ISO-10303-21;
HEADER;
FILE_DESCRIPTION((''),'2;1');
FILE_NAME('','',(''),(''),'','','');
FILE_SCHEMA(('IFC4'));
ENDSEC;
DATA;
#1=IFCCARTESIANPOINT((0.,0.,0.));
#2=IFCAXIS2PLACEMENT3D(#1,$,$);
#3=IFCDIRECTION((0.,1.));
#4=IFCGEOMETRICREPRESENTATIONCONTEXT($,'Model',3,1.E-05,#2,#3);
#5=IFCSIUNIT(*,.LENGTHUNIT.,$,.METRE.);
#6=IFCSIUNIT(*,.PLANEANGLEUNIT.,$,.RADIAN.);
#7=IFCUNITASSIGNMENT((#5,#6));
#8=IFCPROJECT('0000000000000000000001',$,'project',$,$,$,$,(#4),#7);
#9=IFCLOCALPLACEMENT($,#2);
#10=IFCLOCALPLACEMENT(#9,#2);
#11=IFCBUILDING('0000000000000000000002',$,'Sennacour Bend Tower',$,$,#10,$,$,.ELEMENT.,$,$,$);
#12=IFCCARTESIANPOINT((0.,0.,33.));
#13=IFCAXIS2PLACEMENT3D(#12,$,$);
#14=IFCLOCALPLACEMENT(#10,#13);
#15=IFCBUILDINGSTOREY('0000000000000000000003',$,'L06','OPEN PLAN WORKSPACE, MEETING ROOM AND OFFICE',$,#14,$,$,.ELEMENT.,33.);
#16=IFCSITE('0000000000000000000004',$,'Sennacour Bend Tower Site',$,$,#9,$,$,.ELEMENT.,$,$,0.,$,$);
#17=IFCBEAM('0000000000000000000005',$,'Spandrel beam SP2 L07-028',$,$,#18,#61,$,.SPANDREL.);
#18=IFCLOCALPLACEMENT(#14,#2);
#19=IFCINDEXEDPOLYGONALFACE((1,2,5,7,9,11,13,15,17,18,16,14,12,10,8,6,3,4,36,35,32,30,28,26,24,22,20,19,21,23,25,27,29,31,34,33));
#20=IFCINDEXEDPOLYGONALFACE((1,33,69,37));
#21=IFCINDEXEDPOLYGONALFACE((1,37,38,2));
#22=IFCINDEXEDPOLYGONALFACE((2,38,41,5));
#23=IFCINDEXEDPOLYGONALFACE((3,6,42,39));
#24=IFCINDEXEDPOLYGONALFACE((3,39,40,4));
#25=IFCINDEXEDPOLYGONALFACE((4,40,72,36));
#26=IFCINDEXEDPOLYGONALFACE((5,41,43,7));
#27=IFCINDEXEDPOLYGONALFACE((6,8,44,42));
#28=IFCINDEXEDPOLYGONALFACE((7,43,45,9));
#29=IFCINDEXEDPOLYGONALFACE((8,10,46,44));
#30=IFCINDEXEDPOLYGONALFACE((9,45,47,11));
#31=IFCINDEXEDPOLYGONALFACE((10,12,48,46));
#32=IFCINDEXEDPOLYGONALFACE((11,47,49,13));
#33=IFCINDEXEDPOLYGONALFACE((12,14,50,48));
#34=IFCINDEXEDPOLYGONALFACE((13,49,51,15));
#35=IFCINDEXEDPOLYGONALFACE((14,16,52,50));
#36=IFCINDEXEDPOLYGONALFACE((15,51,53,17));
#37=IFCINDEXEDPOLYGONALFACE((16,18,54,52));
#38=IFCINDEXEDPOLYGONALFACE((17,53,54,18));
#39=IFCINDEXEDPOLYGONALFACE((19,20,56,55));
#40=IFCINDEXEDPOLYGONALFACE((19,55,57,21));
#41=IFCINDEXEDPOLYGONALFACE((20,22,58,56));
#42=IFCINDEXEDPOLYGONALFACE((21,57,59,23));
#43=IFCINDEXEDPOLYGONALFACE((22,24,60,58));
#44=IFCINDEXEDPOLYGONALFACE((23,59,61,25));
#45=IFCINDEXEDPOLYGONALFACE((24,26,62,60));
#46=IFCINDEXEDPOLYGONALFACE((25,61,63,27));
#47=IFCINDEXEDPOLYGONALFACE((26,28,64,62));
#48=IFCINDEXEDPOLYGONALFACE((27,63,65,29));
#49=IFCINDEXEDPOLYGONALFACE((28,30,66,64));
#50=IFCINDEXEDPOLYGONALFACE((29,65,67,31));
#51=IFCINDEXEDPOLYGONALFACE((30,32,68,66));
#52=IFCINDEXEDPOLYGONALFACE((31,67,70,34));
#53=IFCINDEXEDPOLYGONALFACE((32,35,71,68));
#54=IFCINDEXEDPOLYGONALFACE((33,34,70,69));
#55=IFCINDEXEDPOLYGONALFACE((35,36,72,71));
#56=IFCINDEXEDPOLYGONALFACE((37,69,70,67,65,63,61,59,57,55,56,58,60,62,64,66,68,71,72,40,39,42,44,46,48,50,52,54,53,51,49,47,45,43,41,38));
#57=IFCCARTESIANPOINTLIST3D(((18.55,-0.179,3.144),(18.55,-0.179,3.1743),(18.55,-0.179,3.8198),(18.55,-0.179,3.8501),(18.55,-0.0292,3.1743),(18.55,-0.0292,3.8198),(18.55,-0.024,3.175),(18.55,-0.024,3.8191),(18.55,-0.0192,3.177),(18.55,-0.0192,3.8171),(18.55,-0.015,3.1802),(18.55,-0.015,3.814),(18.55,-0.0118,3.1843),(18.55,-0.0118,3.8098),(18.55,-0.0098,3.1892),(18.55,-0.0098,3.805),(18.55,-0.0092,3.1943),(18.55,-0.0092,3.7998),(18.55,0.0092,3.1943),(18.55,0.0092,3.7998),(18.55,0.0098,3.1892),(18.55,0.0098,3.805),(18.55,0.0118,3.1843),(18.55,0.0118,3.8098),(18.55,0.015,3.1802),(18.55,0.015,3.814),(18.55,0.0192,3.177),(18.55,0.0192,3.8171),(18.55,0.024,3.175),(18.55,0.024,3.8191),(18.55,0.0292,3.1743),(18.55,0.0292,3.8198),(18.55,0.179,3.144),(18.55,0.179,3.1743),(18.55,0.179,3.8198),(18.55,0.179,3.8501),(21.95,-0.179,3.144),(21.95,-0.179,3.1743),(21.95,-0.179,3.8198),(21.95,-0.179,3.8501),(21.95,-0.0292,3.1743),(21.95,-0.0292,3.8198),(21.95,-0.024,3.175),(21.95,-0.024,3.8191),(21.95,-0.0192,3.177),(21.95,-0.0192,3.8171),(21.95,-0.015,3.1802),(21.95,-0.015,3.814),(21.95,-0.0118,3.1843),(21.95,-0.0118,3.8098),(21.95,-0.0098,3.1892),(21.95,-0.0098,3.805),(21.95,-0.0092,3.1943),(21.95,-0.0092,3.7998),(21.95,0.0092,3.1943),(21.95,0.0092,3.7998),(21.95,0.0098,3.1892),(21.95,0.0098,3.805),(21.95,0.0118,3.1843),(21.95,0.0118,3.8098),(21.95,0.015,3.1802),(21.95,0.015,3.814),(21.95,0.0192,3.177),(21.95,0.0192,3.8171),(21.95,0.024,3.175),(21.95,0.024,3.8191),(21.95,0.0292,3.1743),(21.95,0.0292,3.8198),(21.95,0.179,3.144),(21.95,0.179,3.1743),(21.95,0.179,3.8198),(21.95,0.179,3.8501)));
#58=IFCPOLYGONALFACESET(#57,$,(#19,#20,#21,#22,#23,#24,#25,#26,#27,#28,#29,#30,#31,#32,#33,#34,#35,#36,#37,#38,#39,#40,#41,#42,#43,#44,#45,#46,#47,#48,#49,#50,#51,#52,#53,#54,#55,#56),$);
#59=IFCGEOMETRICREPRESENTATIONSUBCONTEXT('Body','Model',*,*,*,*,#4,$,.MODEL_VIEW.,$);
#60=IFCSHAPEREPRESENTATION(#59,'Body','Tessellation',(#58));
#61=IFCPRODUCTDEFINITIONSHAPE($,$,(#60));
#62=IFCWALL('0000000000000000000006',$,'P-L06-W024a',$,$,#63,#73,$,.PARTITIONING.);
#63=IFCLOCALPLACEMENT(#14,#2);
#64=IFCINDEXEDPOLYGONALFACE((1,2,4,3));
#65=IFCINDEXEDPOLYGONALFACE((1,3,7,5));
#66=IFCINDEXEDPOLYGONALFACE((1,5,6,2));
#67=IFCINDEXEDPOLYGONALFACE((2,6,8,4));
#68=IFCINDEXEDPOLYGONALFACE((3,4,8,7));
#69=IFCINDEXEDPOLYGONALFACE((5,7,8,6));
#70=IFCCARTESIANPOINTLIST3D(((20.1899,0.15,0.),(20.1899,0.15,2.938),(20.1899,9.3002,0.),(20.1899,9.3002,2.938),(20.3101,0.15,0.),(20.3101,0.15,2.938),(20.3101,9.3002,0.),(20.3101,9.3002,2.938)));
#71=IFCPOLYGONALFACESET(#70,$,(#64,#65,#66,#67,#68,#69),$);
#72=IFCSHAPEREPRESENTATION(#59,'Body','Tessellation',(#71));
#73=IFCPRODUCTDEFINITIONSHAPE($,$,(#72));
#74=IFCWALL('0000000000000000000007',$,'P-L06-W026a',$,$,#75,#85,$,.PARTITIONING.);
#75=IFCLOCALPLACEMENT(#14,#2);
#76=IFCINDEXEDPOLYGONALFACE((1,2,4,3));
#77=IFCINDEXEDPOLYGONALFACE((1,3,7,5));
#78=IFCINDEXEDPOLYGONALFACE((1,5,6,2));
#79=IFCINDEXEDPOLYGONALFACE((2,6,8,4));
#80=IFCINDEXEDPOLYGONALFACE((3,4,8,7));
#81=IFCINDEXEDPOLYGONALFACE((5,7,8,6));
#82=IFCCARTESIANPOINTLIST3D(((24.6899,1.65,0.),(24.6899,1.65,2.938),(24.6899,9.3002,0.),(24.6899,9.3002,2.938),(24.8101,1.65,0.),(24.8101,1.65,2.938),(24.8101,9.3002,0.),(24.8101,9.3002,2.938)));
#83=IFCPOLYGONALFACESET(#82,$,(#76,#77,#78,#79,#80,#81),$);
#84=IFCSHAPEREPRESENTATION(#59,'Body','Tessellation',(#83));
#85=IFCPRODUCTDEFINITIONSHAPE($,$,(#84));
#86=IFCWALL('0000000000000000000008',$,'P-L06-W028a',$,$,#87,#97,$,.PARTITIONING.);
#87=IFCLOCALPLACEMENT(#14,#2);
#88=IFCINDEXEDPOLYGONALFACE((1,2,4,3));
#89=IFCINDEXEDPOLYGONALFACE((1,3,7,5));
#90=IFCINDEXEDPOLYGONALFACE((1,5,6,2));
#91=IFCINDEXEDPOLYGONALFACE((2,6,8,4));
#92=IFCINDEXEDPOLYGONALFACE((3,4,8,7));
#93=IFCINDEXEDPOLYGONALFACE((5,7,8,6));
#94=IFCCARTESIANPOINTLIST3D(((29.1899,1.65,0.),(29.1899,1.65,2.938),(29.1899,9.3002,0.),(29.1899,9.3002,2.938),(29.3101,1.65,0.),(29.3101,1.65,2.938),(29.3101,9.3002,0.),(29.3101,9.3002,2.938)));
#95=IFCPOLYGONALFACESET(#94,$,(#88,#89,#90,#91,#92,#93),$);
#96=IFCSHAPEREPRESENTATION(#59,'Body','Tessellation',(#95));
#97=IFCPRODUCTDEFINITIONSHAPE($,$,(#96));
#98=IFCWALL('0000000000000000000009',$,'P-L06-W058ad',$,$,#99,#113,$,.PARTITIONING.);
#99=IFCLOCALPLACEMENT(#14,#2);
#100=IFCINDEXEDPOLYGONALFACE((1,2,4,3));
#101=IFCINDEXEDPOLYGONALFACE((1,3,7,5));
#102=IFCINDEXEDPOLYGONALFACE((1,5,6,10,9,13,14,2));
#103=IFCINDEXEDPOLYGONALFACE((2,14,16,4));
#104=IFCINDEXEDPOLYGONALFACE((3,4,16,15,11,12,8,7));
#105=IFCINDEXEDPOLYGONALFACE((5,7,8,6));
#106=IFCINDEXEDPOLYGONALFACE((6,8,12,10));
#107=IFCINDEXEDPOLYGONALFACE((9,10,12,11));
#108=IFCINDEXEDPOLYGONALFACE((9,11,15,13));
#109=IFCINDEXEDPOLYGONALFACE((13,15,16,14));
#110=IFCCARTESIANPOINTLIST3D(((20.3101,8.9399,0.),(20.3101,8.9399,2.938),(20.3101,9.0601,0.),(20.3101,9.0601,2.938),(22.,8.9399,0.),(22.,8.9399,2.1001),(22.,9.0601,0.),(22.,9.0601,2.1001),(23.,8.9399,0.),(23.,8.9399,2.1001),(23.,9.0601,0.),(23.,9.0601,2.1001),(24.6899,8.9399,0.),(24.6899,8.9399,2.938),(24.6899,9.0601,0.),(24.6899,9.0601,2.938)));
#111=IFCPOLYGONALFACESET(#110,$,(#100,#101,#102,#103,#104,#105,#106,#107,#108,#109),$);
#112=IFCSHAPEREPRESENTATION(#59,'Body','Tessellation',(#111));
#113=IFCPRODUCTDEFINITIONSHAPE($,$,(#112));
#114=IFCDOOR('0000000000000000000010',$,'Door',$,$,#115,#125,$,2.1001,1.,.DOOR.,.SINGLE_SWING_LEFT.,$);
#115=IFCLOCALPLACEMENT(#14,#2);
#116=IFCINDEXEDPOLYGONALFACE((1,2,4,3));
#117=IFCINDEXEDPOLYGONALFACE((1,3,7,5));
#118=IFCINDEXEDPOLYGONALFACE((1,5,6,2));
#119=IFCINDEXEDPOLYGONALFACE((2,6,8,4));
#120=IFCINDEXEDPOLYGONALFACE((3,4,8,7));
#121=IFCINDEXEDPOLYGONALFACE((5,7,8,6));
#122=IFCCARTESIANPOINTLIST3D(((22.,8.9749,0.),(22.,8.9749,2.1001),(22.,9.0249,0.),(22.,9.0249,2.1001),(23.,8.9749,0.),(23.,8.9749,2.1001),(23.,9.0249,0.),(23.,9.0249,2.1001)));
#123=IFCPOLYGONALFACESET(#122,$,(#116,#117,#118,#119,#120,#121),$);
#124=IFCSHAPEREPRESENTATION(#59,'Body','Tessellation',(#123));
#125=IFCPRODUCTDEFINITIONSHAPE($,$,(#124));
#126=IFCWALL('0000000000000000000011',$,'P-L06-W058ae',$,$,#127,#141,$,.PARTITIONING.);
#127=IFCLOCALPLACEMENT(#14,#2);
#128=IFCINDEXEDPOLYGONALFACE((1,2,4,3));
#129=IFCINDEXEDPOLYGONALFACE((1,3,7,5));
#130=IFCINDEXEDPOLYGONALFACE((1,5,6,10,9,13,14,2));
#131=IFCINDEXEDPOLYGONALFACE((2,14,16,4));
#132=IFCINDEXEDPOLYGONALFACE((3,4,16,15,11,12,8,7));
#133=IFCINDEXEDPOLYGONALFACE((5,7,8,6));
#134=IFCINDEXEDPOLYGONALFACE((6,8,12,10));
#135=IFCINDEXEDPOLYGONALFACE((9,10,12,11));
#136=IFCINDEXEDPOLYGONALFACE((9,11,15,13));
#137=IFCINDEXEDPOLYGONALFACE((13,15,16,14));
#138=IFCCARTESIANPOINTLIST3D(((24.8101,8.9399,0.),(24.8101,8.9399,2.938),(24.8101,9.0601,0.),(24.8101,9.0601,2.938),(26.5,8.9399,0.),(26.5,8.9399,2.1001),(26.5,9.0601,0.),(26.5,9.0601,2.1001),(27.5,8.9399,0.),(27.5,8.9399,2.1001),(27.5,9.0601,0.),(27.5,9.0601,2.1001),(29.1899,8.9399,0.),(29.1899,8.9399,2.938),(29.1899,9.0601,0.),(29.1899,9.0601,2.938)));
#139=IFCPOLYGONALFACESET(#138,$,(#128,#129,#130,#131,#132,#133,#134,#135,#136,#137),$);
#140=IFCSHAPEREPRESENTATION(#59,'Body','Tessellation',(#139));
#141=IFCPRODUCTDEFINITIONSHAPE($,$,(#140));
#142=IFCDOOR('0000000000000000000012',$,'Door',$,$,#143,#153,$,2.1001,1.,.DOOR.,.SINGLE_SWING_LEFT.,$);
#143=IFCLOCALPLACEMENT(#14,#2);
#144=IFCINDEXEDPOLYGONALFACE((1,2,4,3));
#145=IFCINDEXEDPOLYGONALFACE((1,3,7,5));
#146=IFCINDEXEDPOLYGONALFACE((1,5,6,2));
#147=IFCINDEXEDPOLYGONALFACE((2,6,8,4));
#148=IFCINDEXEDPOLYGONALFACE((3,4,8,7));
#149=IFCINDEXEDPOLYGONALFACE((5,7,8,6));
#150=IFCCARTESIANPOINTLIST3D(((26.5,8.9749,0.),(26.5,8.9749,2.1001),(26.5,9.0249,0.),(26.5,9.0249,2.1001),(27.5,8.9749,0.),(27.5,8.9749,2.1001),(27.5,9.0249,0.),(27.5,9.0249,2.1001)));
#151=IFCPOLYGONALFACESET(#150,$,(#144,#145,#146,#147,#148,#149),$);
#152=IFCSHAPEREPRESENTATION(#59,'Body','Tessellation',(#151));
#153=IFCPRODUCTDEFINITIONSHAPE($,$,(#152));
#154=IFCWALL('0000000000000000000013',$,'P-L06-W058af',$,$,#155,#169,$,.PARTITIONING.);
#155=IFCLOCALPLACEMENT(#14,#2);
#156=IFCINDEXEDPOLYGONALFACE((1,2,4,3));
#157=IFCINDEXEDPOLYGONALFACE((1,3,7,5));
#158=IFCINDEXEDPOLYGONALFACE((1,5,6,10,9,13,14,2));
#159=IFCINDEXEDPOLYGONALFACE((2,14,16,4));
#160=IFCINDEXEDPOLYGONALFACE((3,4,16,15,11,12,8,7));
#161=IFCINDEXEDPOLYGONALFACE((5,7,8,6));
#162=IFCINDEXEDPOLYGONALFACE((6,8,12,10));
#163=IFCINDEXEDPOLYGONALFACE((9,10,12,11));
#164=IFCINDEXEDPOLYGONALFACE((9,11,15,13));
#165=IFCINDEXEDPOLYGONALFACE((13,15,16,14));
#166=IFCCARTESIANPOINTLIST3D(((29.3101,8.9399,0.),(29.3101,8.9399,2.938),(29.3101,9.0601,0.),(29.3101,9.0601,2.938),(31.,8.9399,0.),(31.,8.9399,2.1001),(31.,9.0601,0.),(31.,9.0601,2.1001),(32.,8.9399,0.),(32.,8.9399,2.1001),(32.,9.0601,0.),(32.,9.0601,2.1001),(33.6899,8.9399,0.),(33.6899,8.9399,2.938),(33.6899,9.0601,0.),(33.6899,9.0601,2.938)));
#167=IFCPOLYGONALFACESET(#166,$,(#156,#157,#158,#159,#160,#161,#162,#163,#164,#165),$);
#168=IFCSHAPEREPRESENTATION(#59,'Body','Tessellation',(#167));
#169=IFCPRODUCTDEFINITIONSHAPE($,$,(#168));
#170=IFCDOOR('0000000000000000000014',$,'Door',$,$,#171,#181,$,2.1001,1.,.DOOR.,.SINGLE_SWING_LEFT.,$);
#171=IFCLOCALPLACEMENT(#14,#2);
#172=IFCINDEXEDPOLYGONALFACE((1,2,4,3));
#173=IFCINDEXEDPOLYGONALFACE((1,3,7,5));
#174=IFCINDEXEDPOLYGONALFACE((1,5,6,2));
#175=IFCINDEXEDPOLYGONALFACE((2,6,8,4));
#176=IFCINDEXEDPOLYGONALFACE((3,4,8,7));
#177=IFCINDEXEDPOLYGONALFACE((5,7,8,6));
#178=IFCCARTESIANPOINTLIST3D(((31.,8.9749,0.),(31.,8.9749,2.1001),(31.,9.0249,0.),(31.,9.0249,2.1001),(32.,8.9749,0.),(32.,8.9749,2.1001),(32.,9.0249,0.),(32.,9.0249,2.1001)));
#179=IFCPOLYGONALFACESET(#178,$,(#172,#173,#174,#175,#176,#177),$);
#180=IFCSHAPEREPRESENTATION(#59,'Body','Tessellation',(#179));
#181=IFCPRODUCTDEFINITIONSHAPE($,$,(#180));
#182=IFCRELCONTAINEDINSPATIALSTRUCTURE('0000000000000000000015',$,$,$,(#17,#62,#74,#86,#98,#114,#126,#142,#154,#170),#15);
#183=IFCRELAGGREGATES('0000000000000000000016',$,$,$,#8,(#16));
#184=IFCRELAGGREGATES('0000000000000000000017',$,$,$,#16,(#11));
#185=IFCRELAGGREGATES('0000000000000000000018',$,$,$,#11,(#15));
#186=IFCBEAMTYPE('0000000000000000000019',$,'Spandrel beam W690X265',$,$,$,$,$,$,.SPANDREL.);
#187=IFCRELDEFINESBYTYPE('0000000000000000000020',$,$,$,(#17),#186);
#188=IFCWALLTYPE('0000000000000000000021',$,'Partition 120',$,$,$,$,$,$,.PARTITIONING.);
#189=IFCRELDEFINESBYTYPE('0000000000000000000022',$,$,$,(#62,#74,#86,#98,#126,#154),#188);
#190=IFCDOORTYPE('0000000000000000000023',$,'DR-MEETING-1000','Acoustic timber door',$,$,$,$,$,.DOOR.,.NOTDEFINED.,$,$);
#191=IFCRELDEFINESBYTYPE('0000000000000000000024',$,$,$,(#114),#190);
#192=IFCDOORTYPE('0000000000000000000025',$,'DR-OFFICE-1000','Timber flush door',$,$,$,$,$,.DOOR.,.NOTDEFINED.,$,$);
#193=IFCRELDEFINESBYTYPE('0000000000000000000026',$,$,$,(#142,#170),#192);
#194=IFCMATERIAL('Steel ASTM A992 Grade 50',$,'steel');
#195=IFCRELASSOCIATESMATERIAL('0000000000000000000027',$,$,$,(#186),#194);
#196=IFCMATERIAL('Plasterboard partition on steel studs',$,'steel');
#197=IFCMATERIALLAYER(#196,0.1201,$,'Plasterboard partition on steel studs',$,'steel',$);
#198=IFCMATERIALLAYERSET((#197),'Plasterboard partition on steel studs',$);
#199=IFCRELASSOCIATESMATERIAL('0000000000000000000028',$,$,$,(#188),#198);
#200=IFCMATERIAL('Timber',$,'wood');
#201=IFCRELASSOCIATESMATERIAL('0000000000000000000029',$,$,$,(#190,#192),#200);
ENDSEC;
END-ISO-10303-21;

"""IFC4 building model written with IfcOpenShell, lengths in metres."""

from ifc_helpers import new_model, si_unit, direction, frame, frame_2d, origin, origin_2d, place, context, subcontext, project, spatial, rectangle, i_section, extrude, material, layer, layer_set, material_profile, profile_set, type_object, element, fill, save


model = new_model("IFC4")

# Units and contexts
model_context = context("Model", 3, precision=1e-05, world=origin(), true_north=direction((0.0, 1.0)))
body_context = subcontext(model_context, "Body", "Model", "MODEL_VIEW")
ifc_project = project(units=[si_unit("LENGTHUNIT", "METRE"), si_unit("PLANEANGLEUNIT", "RADIAN")], contexts=[model_context])

# Site, building, storey
site_placement = place(None, origin())
site = spatial("IfcSite", under=ifc_project, at=site_placement, Name="Sennacour Bend Tower Site", CompositionType="ELEMENT", RefElevation=0.0)
building_placement = place(site_placement, origin())
building = spatial("IfcBuilding", under=site, at=building_placement, Name="Sennacour Bend Tower", CompositionType="ELEMENT")
storey_placement = place(building_placement, frame((0.0, 0.0, 33.0)))
storey = spatial("IfcBuildingStorey", under=building, at=storey_placement, Name="L06", Description="OPEN PLAN WORKSPACE, MEETING ROOM AND OFFICE", CompositionType="ELEMENT", Elevation=33.0)

# Beam
ifc_material_1 = material(Name="Steel ASTM A992 Grade 50", Category="steel")
ifc_material_profile_1 = material_profile(ifc_material_1, i_section(OverallWidth=0.3579, OverallDepth=0.7061, WebThickness=0.0183, FlangeThickness=0.0303, FilletRadius=0.02, at=origin_2d()), Name="Steel ASTM A992 Grade 50", Category="steel")
ifc_profile_set_1 = profile_set([ifc_material_profile_1], Name="Steel ASTM A992 Grade 50")
beam_type_1 = type_object("IfcBeamType", Name="Spandrel beam W690X265", PredefinedType="SPANDREL", material=ifc_profile_set_1)
for number, where, z_axis, x_axis, name in (
    (1, (21.95, 0.0, 3.4971), (-1.0, 0.0, 0.0), (0.0, -1.0, 0.0), "Spandrel beam SP2 L07-028"),
):
    element("IfcBeam", number, at=place(storey_placement, frame(where, z_axis=z_axis, x_axis=x_axis)), inside=storey, type_object=beam_type_1, Name=name, PredefinedType="SPANDREL", context=body_context, shape_type="SweptSolid", body=[
        extrude(i_section(OverallWidth=0.3579, OverallDepth=0.7061, WebThickness=0.0183, FlangeThickness=0.0303, FilletRadius=0.02, at=origin_2d()), origin(), (0.0, 0.0, 1.0), 3.3999),
    ])

# Walls
ifc_material_2 = material(Name="Plasterboard partition on steel studs", Category="steel")
ifc_layer_1 = layer(ifc_material_2, 0.1201, Name="Plasterboard partition on steel studs", Category="steel")
ifc_layer_set_1 = layer_set([ifc_layer_1], Name="Plasterboard partition on steel studs")
wall_type_1 = type_object("IfcWallType", Name="Partition 120", PredefinedType="PARTITIONING", material=ifc_layer_set_1)
wall_1_placement = place(storey_placement, frame((20.25, 0.1499, 0.0), z_axis=(0.0, 0.0, 1.0), x_axis=(0.0, 1.0, 0.0)))
element("IfcWall", 2, at=wall_1_placement, inside=storey, type_object=wall_type_1, Name="P-L06-W024a", PredefinedType="PARTITIONING", context=body_context, shape_type="SweptSolid", body=[
    extrude(rectangle(XDim=9.1501, YDim=0.1201, at=frame_2d((4.5752, 0.0))), origin(), (0.0, 0.0, 1.0), 2.938),
])
for number, where, z_axis, x_axis, name in (
    (3, (24.75, 1.6499, 0.0), (0.0, 0.0, 1.0), (0.0, 1.0, 0.0), "P-L06-W026a"),
    (4, (29.25, 1.6499, 0.0), (0.0, 0.0, 1.0), (0.0, 1.0, 0.0), "P-L06-W028a"),
):
    element("IfcWall", number, at=place(storey_placement, frame(where, z_axis=z_axis, x_axis=x_axis)), inside=storey, type_object=wall_type_1, Name=name, PredefinedType="PARTITIONING", context=body_context, shape_type="SweptSolid", body=[
        extrude(rectangle(XDim=7.6501, YDim=0.1201, at=frame_2d((3.8252, 0.0))), origin(), (0.0, 0.0, 1.0), 2.938),
    ])

# Walls, openings, doors
wall_2_placement = place(storey_placement, frame((20.3101, 9.0, 0.0), z_axis=(0.0, 0.0, 1.0), x_axis=(1.0, 0.0, 0.0)))
wall_2 = element("IfcWall", 5, at=wall_2_placement, inside=storey, type_object=wall_type_1, Name="P-L06-W058ad", PredefinedType="PARTITIONING", context=body_context, shape_type="SweptSolid", body=[
    extrude(rectangle(XDim=4.3799, YDim=0.1201, at=frame_2d((2.1899, 0.0))), origin(), (0.0, 0.0, 1.0), 2.938),
])
opening_1_placement = place(wall_2_placement, frame((1.6899, 0.0, 0.0)))
opening_1 = element("IfcOpeningElement", 6, at=opening_1_placement, cuts=wall_2, PredefinedType="OPENING", context=body_context, shape_type="SweptSolid", body=[
    extrude(rectangle(XDim=1.0, YDim=2.1001, at=frame_2d((0.5, 1.05))), frame((0.0, 0.0701, 0.0), z_axis=(0.0, -1.0, 0.0), x_axis=(1.0, 0.0, 0.0)), (0.0, 0.0, 1.0), 0.1401),
])
ifc_material_3 = material(Name="Timber", Category="wood")
door_type_1 = type_object("IfcDoorType", Name="DR-MEETING-1000", Description="Acoustic timber door", OperationType="NOTDEFINED", PredefinedType="DOOR", material=ifc_material_3)
door_1_placement = place(opening_1_placement, origin())
door_1 = element("IfcDoor", 7, at=door_1_placement, inside=storey, type_object=door_type_1, Name="Door", OperationType="SINGLE_SWING_LEFT", OverallHeight=2.1001, OverallWidth=1.0, PredefinedType="DOOR", context=body_context, shape_type="SweptSolid", body=[
    extrude(rectangle(XDim=1.0, YDim=2.1001, at=frame_2d((0.5, 1.05))), frame((0.0, 0.0249, 0.0), z_axis=(0.0, -1.0, 0.0), x_axis=(1.0, 0.0, 0.0)), (0.0, 0.0, 1.0), 0.05),
])
fill(opening_1, door_1)
wall_3_placement = place(storey_placement, frame((24.8101, 9.0, 0.0), z_axis=(0.0, 0.0, 1.0), x_axis=(1.0, 0.0, 0.0)))
wall_3 = element("IfcWall", 8, at=wall_3_placement, inside=storey, type_object=wall_type_1, Name="P-L06-W058ae", PredefinedType="PARTITIONING", context=body_context, shape_type="SweptSolid", body=[
    extrude(rectangle(XDim=4.3799, YDim=0.1201, at=frame_2d((2.1899, 0.0))), origin(), (0.0, 0.0, 1.0), 2.938),
])
opening_2_placement = place(wall_3_placement, frame((1.6899, 0.0, 0.0)))
opening_2 = element("IfcOpeningElement", 9, at=opening_2_placement, cuts=wall_3, PredefinedType="OPENING", context=body_context, shape_type="SweptSolid", body=[
    extrude(rectangle(XDim=1.0, YDim=2.1001, at=frame_2d((0.5, 1.05))), frame((0.0, 0.0701, 0.0), z_axis=(0.0, -1.0, 0.0), x_axis=(1.0, 0.0, 0.0)), (0.0, 0.0, 1.0), 0.1401),
])
door_type_2 = type_object("IfcDoorType", Name="DR-OFFICE-1000", Description="Timber flush door", OperationType="NOTDEFINED", PredefinedType="DOOR", material=ifc_material_3)
door_2_placement = place(opening_2_placement, origin())
door_2 = element("IfcDoor", 10, at=door_2_placement, inside=storey, type_object=door_type_2, Name="Door", OperationType="SINGLE_SWING_LEFT", OverallHeight=2.1001, OverallWidth=1.0, PredefinedType="DOOR", context=body_context, shape_type="SweptSolid", body=[
    extrude(rectangle(XDim=1.0, YDim=2.1001, at=frame_2d((0.5, 1.05))), frame((0.0, 0.0249, 0.0), z_axis=(0.0, -1.0, 0.0), x_axis=(1.0, 0.0, 0.0)), (0.0, 0.0, 1.0), 0.05),
])
fill(opening_2, door_2)
wall_4_placement = place(storey_placement, frame((29.3101, 9.0, 0.0), z_axis=(0.0, 0.0, 1.0), x_axis=(1.0, 0.0, 0.0)))
wall_4 = element("IfcWall", 11, at=wall_4_placement, inside=storey, type_object=wall_type_1, Name="P-L06-W058af", PredefinedType="PARTITIONING", context=body_context, shape_type="SweptSolid", body=[
    extrude(rectangle(XDim=4.3799, YDim=0.1201, at=frame_2d((2.1899, 0.0))), origin(), (0.0, 0.0, 1.0), 2.938),
])
opening_3_placement = place(wall_4_placement, frame((1.6899, 0.0, 0.0)))
opening_3 = element("IfcOpeningElement", 12, at=opening_3_placement, cuts=wall_4, PredefinedType="OPENING", context=body_context, shape_type="SweptSolid", body=[
    extrude(rectangle(XDim=1.0, YDim=2.1001, at=frame_2d((0.5, 1.05))), frame((0.0, 0.0701, 0.0), z_axis=(0.0, -1.0, 0.0), x_axis=(1.0, 0.0, 0.0)), (0.0, 0.0, 1.0), 0.1401),
])
door_3_placement = place(opening_3_placement, origin())
door_3 = element("IfcDoor", 13, at=door_3_placement, inside=storey, type_object=door_type_2, Name="Door", OperationType="SINGLE_SWING_LEFT", OverallHeight=2.1001, OverallWidth=1.0, PredefinedType="DOOR", context=body_context, shape_type="SweptSolid", body=[
    extrude(rectangle(XDim=1.0, YDim=2.1001, at=frame_2d((0.5, 1.05))), frame((0.0, 0.0249, 0.0), z_axis=(0.0, -1.0, 0.0), x_axis=(1.0, 0.0, 0.0)), (0.0, 0.0, 1.0), 0.05),
])
fill(opening_3, door_3)

save(model, "model.ifc")
